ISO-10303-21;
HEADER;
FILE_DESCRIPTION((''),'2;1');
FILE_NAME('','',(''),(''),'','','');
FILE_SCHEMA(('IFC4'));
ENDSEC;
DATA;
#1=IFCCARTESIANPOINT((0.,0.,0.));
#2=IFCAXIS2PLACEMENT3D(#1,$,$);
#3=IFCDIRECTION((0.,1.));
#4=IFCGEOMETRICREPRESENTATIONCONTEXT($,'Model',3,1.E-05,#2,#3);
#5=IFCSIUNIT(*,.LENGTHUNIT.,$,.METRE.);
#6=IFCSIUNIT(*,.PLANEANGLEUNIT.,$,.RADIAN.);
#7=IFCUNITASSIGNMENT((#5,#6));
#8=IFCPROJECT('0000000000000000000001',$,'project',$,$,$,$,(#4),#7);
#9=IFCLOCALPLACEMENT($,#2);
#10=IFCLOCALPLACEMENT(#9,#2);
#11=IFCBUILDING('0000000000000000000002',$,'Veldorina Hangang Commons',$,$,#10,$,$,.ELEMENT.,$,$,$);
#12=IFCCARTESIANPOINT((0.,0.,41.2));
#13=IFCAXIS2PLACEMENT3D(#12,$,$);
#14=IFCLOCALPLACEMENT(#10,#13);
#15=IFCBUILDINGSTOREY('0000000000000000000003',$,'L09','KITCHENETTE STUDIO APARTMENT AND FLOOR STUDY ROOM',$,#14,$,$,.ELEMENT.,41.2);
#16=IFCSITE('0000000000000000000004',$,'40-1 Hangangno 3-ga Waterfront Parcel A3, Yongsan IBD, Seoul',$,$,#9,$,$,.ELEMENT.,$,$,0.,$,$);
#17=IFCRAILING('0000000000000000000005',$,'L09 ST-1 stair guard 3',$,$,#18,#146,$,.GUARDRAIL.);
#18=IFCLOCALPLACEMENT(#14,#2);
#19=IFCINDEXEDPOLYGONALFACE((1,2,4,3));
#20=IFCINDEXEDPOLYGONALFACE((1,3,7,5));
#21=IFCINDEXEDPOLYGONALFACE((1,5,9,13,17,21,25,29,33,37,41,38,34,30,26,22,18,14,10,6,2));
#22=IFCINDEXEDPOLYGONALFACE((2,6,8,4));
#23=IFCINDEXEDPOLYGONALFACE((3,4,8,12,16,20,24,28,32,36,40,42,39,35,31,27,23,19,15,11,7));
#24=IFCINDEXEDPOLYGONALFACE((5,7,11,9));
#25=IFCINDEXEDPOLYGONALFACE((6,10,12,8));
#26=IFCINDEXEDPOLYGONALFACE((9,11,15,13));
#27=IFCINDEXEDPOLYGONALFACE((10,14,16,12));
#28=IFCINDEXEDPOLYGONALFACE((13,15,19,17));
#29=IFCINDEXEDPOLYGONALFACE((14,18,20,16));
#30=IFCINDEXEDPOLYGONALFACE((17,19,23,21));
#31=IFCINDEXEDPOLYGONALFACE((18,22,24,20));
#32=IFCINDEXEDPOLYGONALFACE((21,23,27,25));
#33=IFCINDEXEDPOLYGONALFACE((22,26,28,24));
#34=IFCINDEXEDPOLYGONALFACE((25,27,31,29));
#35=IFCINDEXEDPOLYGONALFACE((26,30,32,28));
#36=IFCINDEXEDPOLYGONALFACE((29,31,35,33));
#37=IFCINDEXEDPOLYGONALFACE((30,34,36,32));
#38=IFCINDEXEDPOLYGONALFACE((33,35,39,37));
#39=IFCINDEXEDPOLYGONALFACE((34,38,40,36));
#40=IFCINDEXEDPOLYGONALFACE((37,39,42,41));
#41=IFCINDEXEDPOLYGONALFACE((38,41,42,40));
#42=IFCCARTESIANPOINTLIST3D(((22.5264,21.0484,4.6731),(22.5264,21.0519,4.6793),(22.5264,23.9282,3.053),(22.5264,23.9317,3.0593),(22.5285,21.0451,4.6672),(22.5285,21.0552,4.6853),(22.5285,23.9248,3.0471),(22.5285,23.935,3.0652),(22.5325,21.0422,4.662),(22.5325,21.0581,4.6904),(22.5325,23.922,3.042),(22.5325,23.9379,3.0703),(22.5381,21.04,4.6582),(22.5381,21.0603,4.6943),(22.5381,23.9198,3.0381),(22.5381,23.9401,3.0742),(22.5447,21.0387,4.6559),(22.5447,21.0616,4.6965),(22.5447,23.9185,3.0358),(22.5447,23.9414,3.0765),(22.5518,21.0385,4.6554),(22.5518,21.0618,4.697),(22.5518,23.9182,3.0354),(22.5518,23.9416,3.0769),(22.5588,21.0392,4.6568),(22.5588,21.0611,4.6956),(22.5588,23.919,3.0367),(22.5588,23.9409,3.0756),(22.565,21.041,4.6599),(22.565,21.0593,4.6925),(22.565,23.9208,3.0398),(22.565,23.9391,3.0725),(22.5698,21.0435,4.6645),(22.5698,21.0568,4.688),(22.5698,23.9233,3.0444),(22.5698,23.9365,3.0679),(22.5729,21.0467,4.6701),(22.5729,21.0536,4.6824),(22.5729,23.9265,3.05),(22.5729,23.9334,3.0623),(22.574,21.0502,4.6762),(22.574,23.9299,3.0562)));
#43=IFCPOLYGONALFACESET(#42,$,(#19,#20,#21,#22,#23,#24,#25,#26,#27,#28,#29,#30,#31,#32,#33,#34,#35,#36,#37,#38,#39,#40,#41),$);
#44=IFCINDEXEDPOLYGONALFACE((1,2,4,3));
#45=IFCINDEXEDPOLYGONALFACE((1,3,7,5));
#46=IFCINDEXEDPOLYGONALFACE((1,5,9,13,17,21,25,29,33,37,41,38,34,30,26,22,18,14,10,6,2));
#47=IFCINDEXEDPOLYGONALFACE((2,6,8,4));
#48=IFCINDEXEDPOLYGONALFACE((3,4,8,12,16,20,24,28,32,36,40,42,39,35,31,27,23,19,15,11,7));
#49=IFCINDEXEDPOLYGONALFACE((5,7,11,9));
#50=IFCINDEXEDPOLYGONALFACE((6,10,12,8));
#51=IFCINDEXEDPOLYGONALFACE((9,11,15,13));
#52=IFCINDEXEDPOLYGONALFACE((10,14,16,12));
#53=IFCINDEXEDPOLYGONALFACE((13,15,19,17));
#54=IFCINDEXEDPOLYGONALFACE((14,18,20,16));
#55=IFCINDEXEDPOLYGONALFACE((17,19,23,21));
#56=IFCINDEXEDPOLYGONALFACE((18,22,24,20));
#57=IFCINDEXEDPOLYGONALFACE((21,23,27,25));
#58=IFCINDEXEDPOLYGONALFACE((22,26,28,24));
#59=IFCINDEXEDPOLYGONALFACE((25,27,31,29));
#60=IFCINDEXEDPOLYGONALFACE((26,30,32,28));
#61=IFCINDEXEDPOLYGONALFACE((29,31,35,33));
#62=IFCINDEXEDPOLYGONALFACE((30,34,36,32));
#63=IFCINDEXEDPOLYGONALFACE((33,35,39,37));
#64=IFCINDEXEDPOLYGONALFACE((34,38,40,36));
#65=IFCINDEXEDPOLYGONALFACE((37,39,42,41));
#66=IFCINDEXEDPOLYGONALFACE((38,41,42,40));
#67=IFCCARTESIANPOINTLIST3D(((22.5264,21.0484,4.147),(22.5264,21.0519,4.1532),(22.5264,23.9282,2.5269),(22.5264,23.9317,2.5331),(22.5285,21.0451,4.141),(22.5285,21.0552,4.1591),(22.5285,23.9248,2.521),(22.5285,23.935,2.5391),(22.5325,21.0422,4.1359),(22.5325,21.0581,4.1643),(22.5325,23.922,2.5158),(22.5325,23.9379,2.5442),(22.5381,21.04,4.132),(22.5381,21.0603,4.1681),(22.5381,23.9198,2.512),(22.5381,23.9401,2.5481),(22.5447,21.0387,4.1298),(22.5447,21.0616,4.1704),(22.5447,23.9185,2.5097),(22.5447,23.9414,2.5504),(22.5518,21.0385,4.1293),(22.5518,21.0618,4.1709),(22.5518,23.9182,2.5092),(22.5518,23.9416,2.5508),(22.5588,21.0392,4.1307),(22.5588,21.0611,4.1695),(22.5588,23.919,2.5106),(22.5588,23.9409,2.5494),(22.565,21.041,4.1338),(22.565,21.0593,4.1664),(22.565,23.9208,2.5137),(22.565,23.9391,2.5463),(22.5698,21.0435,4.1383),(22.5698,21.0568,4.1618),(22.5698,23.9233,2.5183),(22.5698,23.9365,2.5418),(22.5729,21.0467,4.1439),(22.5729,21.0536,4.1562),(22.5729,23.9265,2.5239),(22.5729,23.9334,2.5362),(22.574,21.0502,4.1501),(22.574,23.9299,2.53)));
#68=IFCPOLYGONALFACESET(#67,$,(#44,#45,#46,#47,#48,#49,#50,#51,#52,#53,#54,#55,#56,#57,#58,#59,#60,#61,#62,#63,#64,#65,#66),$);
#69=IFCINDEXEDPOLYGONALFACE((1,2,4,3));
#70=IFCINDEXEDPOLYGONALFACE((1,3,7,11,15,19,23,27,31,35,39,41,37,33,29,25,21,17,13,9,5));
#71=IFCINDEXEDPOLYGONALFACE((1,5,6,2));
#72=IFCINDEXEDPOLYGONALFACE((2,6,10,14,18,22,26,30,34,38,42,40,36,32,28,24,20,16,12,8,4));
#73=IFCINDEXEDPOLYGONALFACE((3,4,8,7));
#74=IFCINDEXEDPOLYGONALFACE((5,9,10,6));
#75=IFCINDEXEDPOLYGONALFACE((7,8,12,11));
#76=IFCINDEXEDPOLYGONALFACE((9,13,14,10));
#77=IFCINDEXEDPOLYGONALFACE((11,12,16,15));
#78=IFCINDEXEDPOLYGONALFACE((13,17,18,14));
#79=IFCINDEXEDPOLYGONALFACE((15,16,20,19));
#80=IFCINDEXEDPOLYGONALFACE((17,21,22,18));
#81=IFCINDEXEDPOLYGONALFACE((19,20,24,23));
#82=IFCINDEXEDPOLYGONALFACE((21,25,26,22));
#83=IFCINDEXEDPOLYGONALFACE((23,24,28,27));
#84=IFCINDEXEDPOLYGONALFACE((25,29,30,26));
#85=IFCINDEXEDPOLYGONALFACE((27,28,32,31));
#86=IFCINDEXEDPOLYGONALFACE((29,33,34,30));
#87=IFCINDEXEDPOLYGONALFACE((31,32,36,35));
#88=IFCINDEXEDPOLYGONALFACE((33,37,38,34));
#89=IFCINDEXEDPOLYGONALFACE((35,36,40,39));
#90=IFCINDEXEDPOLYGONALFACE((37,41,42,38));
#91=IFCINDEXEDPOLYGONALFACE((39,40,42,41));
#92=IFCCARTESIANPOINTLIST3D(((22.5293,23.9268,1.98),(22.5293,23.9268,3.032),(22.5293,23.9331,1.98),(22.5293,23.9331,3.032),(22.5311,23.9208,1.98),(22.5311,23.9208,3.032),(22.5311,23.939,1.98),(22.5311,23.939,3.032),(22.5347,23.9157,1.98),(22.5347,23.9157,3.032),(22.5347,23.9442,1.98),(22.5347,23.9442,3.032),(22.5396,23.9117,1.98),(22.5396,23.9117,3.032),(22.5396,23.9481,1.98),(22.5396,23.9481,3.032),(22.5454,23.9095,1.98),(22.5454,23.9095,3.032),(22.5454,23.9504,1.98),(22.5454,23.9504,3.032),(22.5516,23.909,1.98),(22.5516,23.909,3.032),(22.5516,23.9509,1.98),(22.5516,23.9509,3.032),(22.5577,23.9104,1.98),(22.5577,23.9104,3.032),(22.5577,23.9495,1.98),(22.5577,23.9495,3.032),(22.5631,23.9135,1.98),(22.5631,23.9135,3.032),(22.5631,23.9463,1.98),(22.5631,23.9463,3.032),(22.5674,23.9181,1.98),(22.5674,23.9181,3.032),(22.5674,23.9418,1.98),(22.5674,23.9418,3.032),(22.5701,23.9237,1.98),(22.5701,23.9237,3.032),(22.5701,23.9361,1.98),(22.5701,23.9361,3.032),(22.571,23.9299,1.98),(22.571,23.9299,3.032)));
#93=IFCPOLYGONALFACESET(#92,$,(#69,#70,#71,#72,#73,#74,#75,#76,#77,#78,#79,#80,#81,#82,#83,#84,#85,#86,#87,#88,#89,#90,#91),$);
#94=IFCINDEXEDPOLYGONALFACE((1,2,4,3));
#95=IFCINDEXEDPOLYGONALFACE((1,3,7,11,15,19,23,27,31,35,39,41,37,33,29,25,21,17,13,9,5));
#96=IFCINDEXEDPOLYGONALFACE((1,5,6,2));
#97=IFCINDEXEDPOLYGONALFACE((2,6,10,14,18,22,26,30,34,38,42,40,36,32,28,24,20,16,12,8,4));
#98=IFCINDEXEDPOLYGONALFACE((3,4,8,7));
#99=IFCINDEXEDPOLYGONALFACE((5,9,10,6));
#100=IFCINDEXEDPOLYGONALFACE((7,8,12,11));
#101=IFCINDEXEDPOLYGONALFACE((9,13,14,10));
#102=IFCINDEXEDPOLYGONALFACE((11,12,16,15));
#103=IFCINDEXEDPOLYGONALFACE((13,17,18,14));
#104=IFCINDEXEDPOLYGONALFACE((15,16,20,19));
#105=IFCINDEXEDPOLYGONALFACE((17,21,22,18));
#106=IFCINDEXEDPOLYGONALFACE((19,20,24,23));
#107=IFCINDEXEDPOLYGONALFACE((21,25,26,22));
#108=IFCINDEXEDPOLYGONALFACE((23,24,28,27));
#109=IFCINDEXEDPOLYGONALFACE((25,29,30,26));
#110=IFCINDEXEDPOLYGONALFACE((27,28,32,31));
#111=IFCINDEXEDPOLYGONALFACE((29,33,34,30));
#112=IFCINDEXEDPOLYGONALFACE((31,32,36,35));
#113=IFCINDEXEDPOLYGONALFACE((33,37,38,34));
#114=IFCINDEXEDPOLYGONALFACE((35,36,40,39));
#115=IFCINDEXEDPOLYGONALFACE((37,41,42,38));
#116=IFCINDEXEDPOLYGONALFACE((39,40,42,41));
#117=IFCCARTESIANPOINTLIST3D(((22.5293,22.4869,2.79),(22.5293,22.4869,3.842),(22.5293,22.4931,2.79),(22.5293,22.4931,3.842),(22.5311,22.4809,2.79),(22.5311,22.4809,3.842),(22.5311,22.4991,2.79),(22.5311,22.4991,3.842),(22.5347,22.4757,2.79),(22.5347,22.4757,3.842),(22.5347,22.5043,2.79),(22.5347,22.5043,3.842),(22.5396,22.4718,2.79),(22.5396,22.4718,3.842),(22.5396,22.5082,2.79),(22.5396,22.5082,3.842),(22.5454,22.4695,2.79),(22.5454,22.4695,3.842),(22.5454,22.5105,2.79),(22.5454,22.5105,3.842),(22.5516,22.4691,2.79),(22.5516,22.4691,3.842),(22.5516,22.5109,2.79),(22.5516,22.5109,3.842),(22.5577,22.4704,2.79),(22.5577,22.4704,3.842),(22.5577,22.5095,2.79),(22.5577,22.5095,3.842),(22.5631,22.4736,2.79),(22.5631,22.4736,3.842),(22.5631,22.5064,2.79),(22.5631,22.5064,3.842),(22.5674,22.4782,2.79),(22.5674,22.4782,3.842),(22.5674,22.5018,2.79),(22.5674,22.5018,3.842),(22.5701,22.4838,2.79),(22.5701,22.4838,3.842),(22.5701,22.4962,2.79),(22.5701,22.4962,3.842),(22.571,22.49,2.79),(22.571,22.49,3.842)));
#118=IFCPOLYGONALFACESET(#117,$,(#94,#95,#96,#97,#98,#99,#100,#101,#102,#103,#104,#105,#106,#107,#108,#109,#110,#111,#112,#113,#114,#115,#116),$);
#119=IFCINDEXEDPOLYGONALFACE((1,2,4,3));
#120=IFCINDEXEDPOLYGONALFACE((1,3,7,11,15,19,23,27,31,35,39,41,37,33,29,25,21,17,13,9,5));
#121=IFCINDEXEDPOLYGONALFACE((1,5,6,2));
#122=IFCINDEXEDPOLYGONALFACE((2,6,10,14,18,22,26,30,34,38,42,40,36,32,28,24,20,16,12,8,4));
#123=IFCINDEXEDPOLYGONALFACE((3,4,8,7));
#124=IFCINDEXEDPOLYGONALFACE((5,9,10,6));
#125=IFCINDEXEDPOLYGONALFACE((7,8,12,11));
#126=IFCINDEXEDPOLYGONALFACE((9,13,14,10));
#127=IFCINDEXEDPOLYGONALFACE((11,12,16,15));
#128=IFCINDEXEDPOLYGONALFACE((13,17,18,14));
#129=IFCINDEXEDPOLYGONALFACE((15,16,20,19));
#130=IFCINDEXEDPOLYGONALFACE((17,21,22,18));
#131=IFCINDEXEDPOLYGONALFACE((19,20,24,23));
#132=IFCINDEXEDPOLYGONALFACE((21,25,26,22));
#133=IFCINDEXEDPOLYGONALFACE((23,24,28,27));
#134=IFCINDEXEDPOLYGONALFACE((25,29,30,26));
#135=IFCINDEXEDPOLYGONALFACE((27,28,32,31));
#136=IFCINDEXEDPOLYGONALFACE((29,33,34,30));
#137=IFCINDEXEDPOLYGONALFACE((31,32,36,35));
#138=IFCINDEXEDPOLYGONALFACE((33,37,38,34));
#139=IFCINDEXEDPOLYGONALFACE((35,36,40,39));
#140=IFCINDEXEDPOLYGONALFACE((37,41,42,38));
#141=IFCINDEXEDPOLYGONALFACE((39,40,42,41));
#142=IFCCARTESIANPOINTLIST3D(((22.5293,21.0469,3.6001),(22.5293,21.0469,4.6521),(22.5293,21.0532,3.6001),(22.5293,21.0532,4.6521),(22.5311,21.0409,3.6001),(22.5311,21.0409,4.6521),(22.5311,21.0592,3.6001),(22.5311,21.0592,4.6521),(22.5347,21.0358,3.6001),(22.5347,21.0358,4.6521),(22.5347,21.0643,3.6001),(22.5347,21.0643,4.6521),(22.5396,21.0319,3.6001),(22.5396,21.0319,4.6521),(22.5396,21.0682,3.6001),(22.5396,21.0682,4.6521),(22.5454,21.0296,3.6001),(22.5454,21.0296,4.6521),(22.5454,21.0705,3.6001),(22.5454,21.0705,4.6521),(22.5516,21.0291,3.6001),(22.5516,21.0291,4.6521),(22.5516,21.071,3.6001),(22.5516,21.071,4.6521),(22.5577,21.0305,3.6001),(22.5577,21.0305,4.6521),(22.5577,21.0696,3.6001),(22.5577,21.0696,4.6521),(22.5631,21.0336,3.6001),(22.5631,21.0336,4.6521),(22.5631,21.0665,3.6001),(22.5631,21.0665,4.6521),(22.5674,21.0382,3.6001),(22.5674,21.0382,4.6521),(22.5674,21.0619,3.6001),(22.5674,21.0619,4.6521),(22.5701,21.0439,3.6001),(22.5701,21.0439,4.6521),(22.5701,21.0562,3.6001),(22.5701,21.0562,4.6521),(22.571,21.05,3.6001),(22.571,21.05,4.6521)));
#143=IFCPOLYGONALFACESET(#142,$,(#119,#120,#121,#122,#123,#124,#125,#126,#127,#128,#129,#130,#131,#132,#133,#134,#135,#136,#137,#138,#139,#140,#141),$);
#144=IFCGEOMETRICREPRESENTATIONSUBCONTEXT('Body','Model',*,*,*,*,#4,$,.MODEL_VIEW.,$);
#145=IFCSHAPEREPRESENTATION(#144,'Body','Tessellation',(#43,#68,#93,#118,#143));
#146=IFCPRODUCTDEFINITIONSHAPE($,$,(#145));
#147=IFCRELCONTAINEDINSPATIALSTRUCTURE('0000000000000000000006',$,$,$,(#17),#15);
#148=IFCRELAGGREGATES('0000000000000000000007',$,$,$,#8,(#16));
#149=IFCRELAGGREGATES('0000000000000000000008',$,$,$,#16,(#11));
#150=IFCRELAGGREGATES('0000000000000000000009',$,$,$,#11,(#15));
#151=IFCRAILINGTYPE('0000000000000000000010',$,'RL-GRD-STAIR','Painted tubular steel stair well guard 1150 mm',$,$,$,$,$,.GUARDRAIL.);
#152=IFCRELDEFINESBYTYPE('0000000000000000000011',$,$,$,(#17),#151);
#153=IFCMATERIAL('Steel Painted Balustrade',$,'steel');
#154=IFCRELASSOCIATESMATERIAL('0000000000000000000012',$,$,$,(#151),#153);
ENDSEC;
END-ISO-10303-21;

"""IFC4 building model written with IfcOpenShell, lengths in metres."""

from ifc_helpers import new_model, si_unit, direction, frame, origin, origin_2d, place, context, subcontext, project, spatial, circle, extrude, material, type_object, element, save


model = new_model("IFC4")

# Units and contexts
model_context = context("Model", 3, precision=1e-05, world=origin(), true_north=direction((0.0, 1.0)))
body_context = subcontext(model_context, "Body", "Model", "MODEL_VIEW")
ifc_project = project(units=[si_unit("LENGTHUNIT", "METRE"), si_unit("PLANEANGLEUNIT", "RADIAN")], contexts=[model_context])

# Site, building, storey
site_placement = place(None, origin())
site = spatial("IfcSite", under=ifc_project, at=site_placement, Name="40-1 Hangangno 3-ga Waterfront Parcel A3, Yongsan IBD, Seoul", CompositionType="ELEMENT", RefElevation=0.0)
building_placement = place(site_placement, origin())
building = spatial("IfcBuilding", under=site, at=building_placement, Name="Veldorina Hangang Commons", CompositionType="ELEMENT")
storey_placement = place(building_placement, frame((0.0, 0.0, 41.2)))
storey = spatial("IfcBuildingStorey", under=building, at=storey_placement, Name="L09", Description="KITCHENETTE STUDIO APARTMENT AND FLOOR STUDY ROOM", CompositionType="ELEMENT", Elevation=41.2)

# Railing
ifc_material_1 = material(Name="Steel Painted Balustrade", Category="steel")
railing_type_1 = type_object("IfcRailingType", Name="RL-GRD-STAIR", Description="Painted tubular steel stair well guard 1150 mm", PredefinedType="GUARDRAIL", material=ifc_material_1)
railing_1_placement = place(storey_placement, frame((22.55, 23.9299, 1.98)))
element("IfcRailing", 1, at=railing_1_placement, inside=storey, type_object=railing_type_1, Name="L09 ST-1 stair guard 3", PredefinedType="GUARDRAIL", context=body_context, shape_type="SweptSolid", body=[
    extrude(circle(Radius=0.0239, at=origin_2d()), frame((0.0, 0.0, 1.0762), z_axis=(0.0, -0.871552, 0.490303), x_axis=(1.0, 0.0, 0.0)), (0.0, 0.0, 1.0), 3.3042),
    extrude(circle(Radius=0.0239, at=origin_2d()), frame((0.0, 0.0, 0.55), z_axis=(0.0, -0.871552, 0.490303), x_axis=(1.0, 0.0, 0.0)), (0.0, 0.0, 1.0), 3.3042),
    extrude(circle(Radius=0.021, at=origin_2d()), origin(), (0.0, 0.0, 1.0), 1.052),
    extrude(circle(Radius=0.021, at=origin_2d()), frame((0.0, -1.4399, 0.8101)), (0.0, 0.0, 1.0), 1.052),
    extrude(circle(Radius=0.021, at=origin_2d()), frame((0.0, -2.8799, 1.6201)), (0.0, 0.0, 1.0), 1.052),
])

save(model, "model.ifc")
